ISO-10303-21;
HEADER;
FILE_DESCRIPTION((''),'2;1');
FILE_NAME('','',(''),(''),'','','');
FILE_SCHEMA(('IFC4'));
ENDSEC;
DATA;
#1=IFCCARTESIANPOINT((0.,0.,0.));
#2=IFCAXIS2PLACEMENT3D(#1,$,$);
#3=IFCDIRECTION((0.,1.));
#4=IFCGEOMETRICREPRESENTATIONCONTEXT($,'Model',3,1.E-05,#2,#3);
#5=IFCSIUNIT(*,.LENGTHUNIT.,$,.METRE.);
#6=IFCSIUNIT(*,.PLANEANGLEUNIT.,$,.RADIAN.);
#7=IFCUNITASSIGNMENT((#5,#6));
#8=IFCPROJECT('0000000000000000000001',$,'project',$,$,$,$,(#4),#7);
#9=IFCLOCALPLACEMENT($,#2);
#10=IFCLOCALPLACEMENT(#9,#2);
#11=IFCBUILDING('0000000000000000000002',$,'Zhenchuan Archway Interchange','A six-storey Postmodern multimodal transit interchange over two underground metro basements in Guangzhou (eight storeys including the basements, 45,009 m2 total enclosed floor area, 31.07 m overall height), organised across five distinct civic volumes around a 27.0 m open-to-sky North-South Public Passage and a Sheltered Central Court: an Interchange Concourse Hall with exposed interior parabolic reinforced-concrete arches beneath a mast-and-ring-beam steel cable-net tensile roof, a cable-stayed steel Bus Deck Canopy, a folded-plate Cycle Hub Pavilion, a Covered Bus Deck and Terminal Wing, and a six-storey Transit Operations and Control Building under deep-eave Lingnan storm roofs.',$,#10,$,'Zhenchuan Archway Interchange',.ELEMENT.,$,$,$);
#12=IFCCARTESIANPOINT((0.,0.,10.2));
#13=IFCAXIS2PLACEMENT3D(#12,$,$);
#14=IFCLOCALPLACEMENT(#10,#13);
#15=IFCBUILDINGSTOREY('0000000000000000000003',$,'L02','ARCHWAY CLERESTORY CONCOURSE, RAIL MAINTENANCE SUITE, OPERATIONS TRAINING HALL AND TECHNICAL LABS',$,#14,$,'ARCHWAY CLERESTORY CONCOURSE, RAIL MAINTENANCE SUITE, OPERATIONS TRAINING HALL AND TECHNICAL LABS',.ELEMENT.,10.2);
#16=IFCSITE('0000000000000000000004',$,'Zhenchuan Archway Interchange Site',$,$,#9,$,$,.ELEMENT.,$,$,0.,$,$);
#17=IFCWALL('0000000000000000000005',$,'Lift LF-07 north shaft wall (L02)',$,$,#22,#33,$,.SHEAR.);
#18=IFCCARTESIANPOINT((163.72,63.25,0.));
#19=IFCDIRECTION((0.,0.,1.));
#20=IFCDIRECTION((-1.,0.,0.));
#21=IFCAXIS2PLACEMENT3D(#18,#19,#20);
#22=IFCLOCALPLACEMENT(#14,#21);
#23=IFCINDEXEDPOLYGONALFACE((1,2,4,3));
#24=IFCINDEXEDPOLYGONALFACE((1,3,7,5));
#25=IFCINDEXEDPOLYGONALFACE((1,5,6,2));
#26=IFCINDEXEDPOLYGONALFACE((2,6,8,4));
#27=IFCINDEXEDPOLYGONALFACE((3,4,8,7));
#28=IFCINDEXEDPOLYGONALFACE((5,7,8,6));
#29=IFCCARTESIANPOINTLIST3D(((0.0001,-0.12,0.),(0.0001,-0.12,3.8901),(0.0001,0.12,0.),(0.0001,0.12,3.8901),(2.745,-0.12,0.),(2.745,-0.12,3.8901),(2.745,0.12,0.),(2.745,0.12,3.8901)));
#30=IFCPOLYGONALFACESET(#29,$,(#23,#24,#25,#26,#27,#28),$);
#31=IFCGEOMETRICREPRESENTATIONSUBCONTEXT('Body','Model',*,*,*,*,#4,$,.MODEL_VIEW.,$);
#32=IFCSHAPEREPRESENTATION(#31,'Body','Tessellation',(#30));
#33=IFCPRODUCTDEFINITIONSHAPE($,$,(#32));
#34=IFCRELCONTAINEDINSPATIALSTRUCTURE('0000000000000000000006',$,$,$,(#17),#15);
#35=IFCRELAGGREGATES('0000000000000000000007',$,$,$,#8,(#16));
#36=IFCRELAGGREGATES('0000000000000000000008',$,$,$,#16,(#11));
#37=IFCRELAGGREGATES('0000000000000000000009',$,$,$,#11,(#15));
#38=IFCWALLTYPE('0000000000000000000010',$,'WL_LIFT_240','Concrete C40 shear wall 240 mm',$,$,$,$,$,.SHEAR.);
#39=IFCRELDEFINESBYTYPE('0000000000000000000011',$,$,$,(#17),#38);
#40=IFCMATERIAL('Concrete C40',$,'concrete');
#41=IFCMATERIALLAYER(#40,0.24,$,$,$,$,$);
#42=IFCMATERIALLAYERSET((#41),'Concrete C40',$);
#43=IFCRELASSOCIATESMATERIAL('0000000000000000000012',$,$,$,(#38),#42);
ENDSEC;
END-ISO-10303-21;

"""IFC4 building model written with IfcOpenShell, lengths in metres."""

from ifc_helpers import new_model, si_unit, direction, frame, frame_2d, origin, place, context, subcontext, project, spatial, rectangle, extrude, material, layer, layer_set, type_object, element, save


model = new_model("IFC4")

# Units and contexts
model_context = context("Model", 3, precision=1e-05, world=origin(), true_north=direction((0.0, 1.0)))
body_context = subcontext(model_context, "Body", "Model", "MODEL_VIEW")
ifc_project = project(units=[si_unit("LENGTHUNIT", "METRE"), si_unit("PLANEANGLEUNIT", "RADIAN")], contexts=[model_context])

# Site, building, storey
site_placement = place(None, origin())
site = spatial("IfcSite", under=ifc_project, at=site_placement, Name="Zhenchuan Archway Interchange Site", CompositionType="ELEMENT", RefElevation=0.0)
building_placement = place(site_placement, origin())
building = spatial("IfcBuilding", under=site, at=building_placement, Name="Zhenchuan Archway Interchange", Description="A six-storey Postmodern multimodal transit interchange over two underground metro basements in Guangzhou (eight storeys including the basements, 45,009 m2 total enclosed floor area, 31.07 m overall height), organised across five distinct civic volumes around a 27.0 m open-to-sky North-South Public Passage and a Sheltered Central Court: an Interchange Concourse Hall with exposed interior parabolic reinforced-concrete arches beneath a mast-and-ring-beam steel cable-net tensile roof, a cable-stayed steel Bus Deck Canopy, a folded-plate Cycle Hub Pavilion, a Covered Bus Deck and Terminal Wing, and a six-storey Transit Operations and Control Building under deep-eave Lingnan storm roofs.", LongName="Zhenchuan Archway Interchange", CompositionType="ELEMENT")
storey_placement = place(building_placement, frame((0.0, 0.0, 10.2)))
storey = spatial("IfcBuildingStorey", under=building, at=storey_placement, Name="L02", Description="ARCHWAY CLERESTORY CONCOURSE, RAIL MAINTENANCE SUITE, OPERATIONS TRAINING HALL AND TECHNICAL LABS", LongName="ARCHWAY CLERESTORY CONCOURSE, RAIL MAINTENANCE SUITE, OPERATIONS TRAINING HALL AND TECHNICAL LABS", CompositionType="ELEMENT", Elevation=10.2)

# Shared definitions
ifc_material_1 = material(Name="Concrete C40", Category="concrete")

# Shared definitions
ifc_layer_1 = layer(ifc_material_1, 0.24)
ifc_layer_set_1 = layer_set([ifc_layer_1], Name="Concrete C40")
wall_type_1 = type_object("IfcWallType", Name="WL_LIFT_240", Description="Concrete C40 shear wall 240 mm", PredefinedType="SHEAR", material=ifc_layer_set_1)

# Wall
wall_1_placement = place(storey_placement, frame((163.72, 63.25, 0.0), z_axis=(0.0, 0.0, 1.0), x_axis=(-1.0, 0.0, 0.0)))
element("IfcWall", 1, at=wall_1_placement, inside=storey, type_object=wall_type_1, Name="Lift LF-07 north shaft wall (L02)", PredefinedType="SHEAR", context=body_context, shape_type="SweptSolid", body=[
    extrude(rectangle(XDim=2.7449, YDim=0.24, at=frame_2d((1.3726, 0.0))), origin(), (0.0, 0.0, 1.0), 3.8901),
])

save(model, "model.ifc")
